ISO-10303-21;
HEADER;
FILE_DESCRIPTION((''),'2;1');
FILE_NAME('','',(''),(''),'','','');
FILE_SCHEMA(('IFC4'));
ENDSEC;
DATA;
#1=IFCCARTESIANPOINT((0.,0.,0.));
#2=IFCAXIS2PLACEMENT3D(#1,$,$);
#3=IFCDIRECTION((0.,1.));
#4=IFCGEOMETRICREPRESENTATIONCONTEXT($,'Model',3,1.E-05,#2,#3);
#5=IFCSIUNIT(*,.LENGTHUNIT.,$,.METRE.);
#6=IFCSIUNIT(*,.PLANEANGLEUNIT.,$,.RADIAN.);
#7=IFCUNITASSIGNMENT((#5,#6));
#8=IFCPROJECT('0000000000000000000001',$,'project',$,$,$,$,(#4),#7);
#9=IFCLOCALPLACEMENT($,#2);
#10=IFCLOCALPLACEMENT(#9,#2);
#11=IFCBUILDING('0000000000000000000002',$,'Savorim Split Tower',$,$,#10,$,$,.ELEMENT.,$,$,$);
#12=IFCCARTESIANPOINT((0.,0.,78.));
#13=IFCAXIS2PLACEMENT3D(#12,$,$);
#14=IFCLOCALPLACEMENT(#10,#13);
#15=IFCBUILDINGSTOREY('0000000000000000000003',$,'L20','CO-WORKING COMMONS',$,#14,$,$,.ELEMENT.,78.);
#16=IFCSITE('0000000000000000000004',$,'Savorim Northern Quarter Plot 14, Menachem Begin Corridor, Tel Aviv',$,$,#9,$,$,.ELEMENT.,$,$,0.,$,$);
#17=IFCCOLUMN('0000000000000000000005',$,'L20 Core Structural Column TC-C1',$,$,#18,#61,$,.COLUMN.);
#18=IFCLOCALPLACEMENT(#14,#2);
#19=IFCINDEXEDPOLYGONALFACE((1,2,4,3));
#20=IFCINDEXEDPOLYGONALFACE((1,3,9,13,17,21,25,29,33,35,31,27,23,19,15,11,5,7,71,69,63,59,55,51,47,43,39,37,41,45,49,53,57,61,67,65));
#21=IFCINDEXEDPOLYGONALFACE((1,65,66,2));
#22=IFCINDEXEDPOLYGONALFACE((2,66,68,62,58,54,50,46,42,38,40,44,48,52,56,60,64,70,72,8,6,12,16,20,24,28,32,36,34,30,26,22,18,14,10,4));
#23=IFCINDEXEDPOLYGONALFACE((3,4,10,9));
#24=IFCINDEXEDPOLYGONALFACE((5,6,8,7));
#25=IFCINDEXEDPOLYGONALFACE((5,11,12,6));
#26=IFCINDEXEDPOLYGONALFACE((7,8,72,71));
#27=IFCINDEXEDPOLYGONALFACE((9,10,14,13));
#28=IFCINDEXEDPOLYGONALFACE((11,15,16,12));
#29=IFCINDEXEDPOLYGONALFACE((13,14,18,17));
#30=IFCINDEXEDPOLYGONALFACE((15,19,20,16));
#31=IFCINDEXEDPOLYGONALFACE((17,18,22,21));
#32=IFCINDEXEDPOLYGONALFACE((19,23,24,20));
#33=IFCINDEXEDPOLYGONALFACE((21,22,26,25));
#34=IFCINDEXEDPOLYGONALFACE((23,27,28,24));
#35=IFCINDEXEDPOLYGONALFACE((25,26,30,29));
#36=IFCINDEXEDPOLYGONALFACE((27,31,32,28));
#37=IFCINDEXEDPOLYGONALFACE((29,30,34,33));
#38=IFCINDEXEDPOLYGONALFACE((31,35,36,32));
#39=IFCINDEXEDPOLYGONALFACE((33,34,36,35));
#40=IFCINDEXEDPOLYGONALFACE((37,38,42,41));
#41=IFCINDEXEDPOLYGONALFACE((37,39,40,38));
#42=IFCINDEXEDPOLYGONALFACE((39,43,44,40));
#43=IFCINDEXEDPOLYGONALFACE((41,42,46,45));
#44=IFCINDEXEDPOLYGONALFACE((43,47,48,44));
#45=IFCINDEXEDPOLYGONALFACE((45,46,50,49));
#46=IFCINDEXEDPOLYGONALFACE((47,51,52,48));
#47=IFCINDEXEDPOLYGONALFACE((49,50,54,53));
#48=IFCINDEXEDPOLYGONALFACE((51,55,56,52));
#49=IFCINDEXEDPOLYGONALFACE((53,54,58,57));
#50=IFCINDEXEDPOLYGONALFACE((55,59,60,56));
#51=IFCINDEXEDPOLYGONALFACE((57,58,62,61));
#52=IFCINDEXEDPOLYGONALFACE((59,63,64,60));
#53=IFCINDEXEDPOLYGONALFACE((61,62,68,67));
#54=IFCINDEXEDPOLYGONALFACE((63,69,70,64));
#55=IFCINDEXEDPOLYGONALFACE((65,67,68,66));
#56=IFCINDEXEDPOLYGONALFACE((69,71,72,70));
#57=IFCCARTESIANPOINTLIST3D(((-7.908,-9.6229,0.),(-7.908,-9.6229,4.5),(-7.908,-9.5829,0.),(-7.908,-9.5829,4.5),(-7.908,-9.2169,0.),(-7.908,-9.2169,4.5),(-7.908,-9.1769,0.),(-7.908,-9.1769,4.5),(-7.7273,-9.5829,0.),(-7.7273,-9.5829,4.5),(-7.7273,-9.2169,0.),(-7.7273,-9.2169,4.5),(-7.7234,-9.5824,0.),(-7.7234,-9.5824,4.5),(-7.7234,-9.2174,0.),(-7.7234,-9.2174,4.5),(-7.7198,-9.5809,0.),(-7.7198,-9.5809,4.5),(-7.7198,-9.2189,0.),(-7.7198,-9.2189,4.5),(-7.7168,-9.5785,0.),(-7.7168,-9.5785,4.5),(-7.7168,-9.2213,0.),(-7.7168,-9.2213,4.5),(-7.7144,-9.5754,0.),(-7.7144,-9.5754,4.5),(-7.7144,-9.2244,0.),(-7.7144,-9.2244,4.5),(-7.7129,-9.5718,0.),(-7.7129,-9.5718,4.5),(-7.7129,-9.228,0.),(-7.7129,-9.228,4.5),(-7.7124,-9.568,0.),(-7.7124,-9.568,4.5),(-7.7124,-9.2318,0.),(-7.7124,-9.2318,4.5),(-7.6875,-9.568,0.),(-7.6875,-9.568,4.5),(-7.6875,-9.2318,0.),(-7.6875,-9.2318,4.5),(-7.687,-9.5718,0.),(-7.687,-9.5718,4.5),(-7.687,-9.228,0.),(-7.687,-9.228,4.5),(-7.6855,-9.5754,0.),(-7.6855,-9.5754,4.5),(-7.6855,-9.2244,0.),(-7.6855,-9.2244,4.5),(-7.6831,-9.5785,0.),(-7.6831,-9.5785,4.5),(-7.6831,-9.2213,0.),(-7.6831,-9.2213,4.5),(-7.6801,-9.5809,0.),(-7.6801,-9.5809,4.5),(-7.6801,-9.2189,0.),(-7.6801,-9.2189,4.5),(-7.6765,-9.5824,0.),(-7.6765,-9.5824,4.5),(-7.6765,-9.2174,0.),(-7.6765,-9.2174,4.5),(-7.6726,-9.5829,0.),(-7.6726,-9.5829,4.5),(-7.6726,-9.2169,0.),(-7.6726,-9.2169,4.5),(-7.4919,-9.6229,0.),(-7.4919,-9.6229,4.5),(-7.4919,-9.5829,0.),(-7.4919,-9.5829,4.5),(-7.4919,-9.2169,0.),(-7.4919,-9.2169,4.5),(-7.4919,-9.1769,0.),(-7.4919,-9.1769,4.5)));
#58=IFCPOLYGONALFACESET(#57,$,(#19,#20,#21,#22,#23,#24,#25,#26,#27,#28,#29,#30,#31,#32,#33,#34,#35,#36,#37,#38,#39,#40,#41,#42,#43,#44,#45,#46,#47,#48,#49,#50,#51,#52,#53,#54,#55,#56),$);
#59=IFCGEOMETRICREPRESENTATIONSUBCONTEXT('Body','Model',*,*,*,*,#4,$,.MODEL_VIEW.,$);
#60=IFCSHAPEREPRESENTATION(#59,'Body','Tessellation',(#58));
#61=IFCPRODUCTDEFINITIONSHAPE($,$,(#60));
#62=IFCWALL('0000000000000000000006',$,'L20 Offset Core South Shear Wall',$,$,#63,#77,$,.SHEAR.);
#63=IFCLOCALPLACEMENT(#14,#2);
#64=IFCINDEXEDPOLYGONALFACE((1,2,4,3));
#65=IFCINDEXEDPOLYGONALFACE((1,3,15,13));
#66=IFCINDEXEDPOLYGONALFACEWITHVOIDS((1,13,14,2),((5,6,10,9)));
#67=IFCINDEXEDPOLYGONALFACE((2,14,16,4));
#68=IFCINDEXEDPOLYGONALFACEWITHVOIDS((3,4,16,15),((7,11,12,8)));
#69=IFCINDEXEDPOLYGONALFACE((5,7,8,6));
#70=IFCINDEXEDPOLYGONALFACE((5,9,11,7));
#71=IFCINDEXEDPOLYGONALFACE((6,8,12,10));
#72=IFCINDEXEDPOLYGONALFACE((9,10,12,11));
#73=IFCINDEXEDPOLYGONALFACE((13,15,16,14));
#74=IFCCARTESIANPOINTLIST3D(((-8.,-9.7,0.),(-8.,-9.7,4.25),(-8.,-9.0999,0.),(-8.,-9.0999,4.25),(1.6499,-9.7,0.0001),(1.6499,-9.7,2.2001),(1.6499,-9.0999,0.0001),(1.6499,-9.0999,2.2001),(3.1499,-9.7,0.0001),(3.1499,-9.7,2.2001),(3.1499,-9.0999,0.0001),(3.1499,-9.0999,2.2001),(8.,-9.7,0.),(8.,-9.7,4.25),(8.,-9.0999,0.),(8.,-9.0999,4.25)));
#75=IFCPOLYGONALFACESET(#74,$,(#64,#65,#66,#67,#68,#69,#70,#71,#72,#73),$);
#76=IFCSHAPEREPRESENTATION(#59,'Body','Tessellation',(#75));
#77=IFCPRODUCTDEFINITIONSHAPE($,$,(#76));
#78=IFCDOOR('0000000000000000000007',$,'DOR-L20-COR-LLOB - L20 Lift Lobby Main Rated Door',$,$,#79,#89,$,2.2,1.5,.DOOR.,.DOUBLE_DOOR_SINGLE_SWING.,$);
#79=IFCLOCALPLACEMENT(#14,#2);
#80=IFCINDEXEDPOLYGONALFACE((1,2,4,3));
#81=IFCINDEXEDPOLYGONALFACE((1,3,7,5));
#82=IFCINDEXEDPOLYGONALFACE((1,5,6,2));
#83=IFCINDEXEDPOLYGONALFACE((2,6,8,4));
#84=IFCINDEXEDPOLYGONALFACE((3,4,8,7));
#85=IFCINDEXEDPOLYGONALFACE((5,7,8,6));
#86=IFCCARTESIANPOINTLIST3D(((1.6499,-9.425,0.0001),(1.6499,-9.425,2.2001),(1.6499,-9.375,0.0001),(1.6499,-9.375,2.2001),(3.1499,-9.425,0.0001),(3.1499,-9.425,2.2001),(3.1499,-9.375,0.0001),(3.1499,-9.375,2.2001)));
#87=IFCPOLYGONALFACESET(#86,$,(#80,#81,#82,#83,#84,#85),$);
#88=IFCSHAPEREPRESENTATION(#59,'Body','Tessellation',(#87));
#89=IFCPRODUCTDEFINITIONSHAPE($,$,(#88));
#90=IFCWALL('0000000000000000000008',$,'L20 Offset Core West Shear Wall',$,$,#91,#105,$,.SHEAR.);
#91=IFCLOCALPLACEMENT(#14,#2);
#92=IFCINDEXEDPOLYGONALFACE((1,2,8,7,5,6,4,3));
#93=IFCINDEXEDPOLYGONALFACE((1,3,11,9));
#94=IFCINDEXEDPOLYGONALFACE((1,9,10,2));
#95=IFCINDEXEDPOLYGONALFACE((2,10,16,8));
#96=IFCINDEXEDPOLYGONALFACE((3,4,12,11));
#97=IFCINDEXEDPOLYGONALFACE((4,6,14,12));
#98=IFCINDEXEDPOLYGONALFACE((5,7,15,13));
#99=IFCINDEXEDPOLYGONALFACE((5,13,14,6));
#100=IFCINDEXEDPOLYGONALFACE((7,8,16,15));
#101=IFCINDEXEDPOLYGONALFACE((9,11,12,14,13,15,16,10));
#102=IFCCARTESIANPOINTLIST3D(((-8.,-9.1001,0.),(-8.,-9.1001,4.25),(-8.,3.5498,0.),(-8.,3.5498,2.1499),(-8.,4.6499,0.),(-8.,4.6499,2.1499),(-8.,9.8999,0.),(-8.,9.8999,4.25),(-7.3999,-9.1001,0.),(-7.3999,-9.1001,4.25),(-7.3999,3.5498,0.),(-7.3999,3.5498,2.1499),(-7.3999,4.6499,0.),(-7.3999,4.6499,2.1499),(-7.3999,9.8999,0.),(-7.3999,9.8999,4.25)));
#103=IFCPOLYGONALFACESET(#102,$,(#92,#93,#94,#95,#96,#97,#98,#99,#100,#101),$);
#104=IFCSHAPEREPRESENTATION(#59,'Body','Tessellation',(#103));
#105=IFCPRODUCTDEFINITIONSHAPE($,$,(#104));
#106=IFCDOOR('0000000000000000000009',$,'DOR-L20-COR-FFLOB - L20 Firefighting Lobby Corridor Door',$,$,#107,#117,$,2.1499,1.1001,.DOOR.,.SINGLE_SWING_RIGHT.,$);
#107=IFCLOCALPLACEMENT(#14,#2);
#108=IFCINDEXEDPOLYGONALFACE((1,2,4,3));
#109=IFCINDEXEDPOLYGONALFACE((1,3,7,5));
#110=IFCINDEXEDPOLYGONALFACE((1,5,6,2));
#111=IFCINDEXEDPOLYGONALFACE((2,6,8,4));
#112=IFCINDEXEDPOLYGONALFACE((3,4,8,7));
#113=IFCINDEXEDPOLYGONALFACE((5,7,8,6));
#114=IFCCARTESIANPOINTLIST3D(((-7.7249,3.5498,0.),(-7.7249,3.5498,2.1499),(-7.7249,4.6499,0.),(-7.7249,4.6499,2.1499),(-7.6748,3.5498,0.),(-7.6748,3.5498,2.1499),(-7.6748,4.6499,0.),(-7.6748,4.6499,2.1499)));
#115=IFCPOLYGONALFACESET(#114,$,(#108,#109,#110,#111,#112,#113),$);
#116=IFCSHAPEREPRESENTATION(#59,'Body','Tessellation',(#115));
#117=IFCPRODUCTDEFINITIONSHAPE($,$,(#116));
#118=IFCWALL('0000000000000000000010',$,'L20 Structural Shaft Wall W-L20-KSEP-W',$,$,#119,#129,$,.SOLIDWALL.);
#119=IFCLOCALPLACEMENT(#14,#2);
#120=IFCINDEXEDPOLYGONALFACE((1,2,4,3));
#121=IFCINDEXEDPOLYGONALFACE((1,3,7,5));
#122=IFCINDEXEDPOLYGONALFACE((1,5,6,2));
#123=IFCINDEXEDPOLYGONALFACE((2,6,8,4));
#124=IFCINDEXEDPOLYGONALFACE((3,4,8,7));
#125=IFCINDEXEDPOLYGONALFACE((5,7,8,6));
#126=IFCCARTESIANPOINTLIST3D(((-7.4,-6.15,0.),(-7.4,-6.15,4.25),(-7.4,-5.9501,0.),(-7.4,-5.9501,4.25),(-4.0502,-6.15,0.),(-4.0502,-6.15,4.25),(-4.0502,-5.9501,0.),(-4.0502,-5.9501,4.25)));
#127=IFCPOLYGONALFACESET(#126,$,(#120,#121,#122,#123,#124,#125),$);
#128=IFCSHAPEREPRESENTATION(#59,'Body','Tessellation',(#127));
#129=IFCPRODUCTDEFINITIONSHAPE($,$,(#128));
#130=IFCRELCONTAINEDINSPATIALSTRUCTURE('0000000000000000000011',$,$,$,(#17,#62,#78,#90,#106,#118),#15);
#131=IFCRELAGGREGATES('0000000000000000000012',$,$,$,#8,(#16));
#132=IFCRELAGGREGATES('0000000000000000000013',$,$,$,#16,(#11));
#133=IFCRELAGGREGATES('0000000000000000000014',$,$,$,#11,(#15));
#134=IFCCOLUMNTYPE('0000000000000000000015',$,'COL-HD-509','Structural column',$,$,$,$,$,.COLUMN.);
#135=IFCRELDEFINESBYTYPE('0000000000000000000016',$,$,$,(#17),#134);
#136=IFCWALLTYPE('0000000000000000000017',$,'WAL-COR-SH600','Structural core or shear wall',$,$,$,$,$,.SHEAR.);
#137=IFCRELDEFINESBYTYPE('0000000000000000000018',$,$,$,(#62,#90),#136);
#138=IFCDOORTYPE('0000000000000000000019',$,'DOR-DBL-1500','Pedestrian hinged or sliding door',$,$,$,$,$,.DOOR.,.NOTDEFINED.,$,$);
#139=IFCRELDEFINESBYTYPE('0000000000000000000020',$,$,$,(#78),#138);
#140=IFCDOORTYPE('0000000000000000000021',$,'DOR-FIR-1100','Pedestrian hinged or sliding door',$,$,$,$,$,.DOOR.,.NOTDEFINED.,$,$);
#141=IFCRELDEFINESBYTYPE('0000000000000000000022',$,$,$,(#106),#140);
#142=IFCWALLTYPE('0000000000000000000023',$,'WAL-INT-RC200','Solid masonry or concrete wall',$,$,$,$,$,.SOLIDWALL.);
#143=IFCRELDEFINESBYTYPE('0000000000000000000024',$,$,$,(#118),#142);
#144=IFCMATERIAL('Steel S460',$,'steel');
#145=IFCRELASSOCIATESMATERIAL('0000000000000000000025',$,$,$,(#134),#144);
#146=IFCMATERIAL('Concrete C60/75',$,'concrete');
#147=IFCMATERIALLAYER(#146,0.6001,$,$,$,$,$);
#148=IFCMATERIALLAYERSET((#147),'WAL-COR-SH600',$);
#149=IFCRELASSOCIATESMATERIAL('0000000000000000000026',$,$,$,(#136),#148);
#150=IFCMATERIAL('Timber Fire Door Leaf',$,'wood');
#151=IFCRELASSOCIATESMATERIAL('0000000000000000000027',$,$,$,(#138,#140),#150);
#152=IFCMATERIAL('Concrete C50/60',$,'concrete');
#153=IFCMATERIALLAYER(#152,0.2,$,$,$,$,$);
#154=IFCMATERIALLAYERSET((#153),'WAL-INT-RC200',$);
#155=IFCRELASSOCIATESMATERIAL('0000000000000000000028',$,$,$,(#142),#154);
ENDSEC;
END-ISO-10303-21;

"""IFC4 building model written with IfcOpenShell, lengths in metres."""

from ifc_helpers import new_model, si_unit, direction, frame, frame_2d, origin, origin_2d, place, context, subcontext, project, spatial, rectangle, i_section, extrude, material, layer, layer_set, material_profile, profile_set, type_object, element, fill, save


model = new_model("IFC4")

# Units and contexts
model_context = context("Model", 3, precision=1e-05, world=origin(), true_north=direction((0.0, 1.0)))
body_context = subcontext(model_context, "Body", "Model", "MODEL_VIEW")
ifc_project = project(units=[si_unit("LENGTHUNIT", "METRE"), si_unit("PLANEANGLEUNIT", "RADIAN")], contexts=[model_context])

# Site, building, storey
site_placement = place(None, origin())
site = spatial("IfcSite", under=ifc_project, at=site_placement, Name="Savorim Northern Quarter Plot 14, Menachem Begin Corridor, Tel Aviv", CompositionType="ELEMENT", RefElevation=0.0)
building_placement = place(site_placement, origin())
building = spatial("IfcBuilding", under=site, at=building_placement, Name="Savorim Split Tower", CompositionType="ELEMENT")
storey_placement = place(building_placement, frame((0.0, 0.0, 78.0)))
storey = spatial("IfcBuildingStorey", under=building, at=storey_placement, Name="L20", Description="CO-WORKING COMMONS", CompositionType="ELEMENT", Elevation=78.0)

# Column
ifc_material_1 = material(Name="Steel S460", Category="steel")
ifc_material_profile = material_profile(ifc_material_1, i_section(OverallWidth=0.416, OverallDepth=0.446, WebThickness=0.0249, FlangeThickness=0.04, FilletRadius=0.0149, at=origin_2d()), Name="HD 400x509")
ifc_profile_set = profile_set([ifc_material_profile], Name="Steel S460")
column_type = type_object("IfcColumnType", Name="COL-HD-509", Description="Structural column", PredefinedType="COLUMN", material=ifc_profile_set)
column_placement = place(storey_placement, frame((-7.7, -9.3999, 0.0), z_axis=(0.0, 0.0, 1.0), x_axis=(1.0, 0.0, 0.0)))
element("IfcColumn", 1, at=column_placement, inside=storey, type_object=column_type, Name="L20 Core Structural Column TC-C1", PredefinedType="COLUMN", context=body_context, shape_type="SweptSolid", body=[
    extrude(i_section(OverallWidth=0.416, OverallDepth=0.446, WebThickness=0.0249, FlangeThickness=0.04, FilletRadius=0.0149, at=origin_2d()), origin(), (0.0, 0.0, 1.0), 4.5),
])

# Walls, openings, doors
ifc_material_2 = material(Name="Concrete C60/75", Category="concrete")
ifc_layer_1 = layer(ifc_material_2, 0.6001)
ifc_layer_set_1 = layer_set([ifc_layer_1], Name="WAL-COR-SH600")
wall_type_1 = type_object("IfcWallType", Name="WAL-COR-SH600", Description="Structural core or shear wall", PredefinedType="SHEAR", material=ifc_layer_set_1)
wall_1_placement = place(storey_placement, frame((-8.0, -9.3999, 0.0), z_axis=(0.0, 0.0, 1.0), x_axis=(1.0, 0.0, 0.0)))
wall_1 = element("IfcWall", 2, at=wall_1_placement, inside=storey, type_object=wall_type_1, Name="L20 Offset Core South Shear Wall", PredefinedType="SHEAR", context=body_context, shape_type="SweptSolid", body=[
    extrude(rectangle(XDim=16.0, YDim=0.6001, at=frame_2d((8.0, 0.0))), origin(), (0.0, 0.0, 1.0), 4.25),
])
opening_1_placement = place(wall_1_placement, frame((9.6499, 0.0, 0.0)))
opening_1 = element("IfcOpeningElement", 3, at=opening_1_placement, cuts=wall_1, PredefinedType="OPENING", context=body_context, shape_type="SweptSolid", body=[
    extrude(rectangle(XDim=1.5, YDim=2.2, at=frame_2d((0.75, 1.1001))), frame((0.0, 0.3101, 0.0), z_axis=(0.0, -1.0, 0.0), x_axis=(1.0, 0.0, 0.0)), (0.0, 0.0, 1.0), 0.6201),
])
ifc_material_3 = material(Name="Timber Fire Door Leaf", Category="wood")
door_type_1 = type_object("IfcDoorType", Name="DOR-DBL-1500", Description="Pedestrian hinged or sliding door", OperationType="NOTDEFINED", PredefinedType="DOOR", material=ifc_material_3)
door_1_placement = place(opening_1_placement, origin())
door_1 = element("IfcDoor", 4, at=door_1_placement, inside=storey, type_object=door_type_1, Name="DOR-L20-COR-LLOB - L20 Lift Lobby Main Rated Door", OperationType="DOUBLE_DOOR_SINGLE_SWING", OverallHeight=2.2, OverallWidth=1.5, PredefinedType="DOOR", context=body_context, shape_type="SweptSolid", body=[
    extrude(rectangle(XDim=1.5, YDim=2.2, at=frame_2d((0.75, 1.1001))), frame((0.0, 0.0249, 0.0), z_axis=(0.0, -1.0, 0.0), x_axis=(1.0, 0.0, 0.0)), (0.0, 0.0, 1.0), 0.05),
])
fill(opening_1, door_1)
wall_2_placement = place(storey_placement, frame((-7.7, -9.1001, 0.0), z_axis=(0.0, 0.0, 1.0), x_axis=(0.0, 1.0, 0.0)))
wall_2 = element("IfcWall", 5, at=wall_2_placement, inside=storey, type_object=wall_type_1, Name="L20 Offset Core West Shear Wall", PredefinedType="SHEAR", context=body_context, shape_type="SweptSolid", body=[
    extrude(rectangle(XDim=19.0, YDim=0.6001, at=frame_2d((9.5, 0.0))), origin(), (0.0, 0.0, 1.0), 4.25),
])
opening_2_placement = place(wall_2_placement, frame((12.6499, 0.0, 0.0)))
opening_2 = element("IfcOpeningElement", 6, at=opening_2_placement, cuts=wall_2, PredefinedType="OPENING", context=body_context, shape_type="SweptSolid", body=[
    extrude(rectangle(XDim=1.1001, YDim=2.1499, at=frame_2d((0.55, 1.075))), frame((0.0, 0.3101, 0.0), z_axis=(0.0, -1.0, 0.0), x_axis=(1.0, 0.0, 0.0)), (0.0, 0.0, 1.0), 0.6201),
])
door_type_2 = type_object("IfcDoorType", Name="DOR-FIR-1100", Description="Pedestrian hinged or sliding door", OperationType="NOTDEFINED", PredefinedType="DOOR", material=ifc_material_3)
door_2_placement = place(opening_2_placement, origin())
door_2 = element("IfcDoor", 7, at=door_2_placement, inside=storey, type_object=door_type_2, Name="DOR-L20-COR-FFLOB - L20 Firefighting Lobby Corridor Door", OperationType="SINGLE_SWING_RIGHT", OverallHeight=2.1499, OverallWidth=1.1001, PredefinedType="DOOR", context=body_context, shape_type="SweptSolid", body=[
    extrude(rectangle(XDim=1.1001, YDim=2.1499, at=frame_2d((0.55, 1.075))), frame((0.0, 0.0249, 0.0), z_axis=(0.0, -1.0, 0.0), x_axis=(1.0, 0.0, 0.0)), (0.0, 0.0, 1.0), 0.05),
])
fill(opening_2, door_2)

# Wall
ifc_material_4 = material(Name="Concrete C50/60", Category="concrete")
ifc_layer_2 = layer(ifc_material_4, 0.2)
ifc_layer_set_2 = layer_set([ifc_layer_2], Name="WAL-INT-RC200")
wall_type_2 = type_object("IfcWallType", Name="WAL-INT-RC200", Description="Solid masonry or concrete wall", PredefinedType="SOLIDWALL", material=ifc_layer_set_2)
wall_3_placement = place(storey_placement, frame((-7.3999, -6.05, 0.0), z_axis=(0.0, 0.0, 1.0), x_axis=(1.0, 0.0, 0.0)))
element("IfcWall", 8, at=wall_3_placement, inside=storey, type_object=wall_type_2, Name="L20 Structural Shaft Wall W-L20-KSEP-W", PredefinedType="SOLIDWALL", context=body_context, shape_type="SweptSolid", body=[
    extrude(rectangle(XDim=3.3499, YDim=0.2, at=frame_2d((1.6748, 0.0))), origin(), (0.0, 0.0, 1.0), 4.25),
])

save(model, "model.ifc")
